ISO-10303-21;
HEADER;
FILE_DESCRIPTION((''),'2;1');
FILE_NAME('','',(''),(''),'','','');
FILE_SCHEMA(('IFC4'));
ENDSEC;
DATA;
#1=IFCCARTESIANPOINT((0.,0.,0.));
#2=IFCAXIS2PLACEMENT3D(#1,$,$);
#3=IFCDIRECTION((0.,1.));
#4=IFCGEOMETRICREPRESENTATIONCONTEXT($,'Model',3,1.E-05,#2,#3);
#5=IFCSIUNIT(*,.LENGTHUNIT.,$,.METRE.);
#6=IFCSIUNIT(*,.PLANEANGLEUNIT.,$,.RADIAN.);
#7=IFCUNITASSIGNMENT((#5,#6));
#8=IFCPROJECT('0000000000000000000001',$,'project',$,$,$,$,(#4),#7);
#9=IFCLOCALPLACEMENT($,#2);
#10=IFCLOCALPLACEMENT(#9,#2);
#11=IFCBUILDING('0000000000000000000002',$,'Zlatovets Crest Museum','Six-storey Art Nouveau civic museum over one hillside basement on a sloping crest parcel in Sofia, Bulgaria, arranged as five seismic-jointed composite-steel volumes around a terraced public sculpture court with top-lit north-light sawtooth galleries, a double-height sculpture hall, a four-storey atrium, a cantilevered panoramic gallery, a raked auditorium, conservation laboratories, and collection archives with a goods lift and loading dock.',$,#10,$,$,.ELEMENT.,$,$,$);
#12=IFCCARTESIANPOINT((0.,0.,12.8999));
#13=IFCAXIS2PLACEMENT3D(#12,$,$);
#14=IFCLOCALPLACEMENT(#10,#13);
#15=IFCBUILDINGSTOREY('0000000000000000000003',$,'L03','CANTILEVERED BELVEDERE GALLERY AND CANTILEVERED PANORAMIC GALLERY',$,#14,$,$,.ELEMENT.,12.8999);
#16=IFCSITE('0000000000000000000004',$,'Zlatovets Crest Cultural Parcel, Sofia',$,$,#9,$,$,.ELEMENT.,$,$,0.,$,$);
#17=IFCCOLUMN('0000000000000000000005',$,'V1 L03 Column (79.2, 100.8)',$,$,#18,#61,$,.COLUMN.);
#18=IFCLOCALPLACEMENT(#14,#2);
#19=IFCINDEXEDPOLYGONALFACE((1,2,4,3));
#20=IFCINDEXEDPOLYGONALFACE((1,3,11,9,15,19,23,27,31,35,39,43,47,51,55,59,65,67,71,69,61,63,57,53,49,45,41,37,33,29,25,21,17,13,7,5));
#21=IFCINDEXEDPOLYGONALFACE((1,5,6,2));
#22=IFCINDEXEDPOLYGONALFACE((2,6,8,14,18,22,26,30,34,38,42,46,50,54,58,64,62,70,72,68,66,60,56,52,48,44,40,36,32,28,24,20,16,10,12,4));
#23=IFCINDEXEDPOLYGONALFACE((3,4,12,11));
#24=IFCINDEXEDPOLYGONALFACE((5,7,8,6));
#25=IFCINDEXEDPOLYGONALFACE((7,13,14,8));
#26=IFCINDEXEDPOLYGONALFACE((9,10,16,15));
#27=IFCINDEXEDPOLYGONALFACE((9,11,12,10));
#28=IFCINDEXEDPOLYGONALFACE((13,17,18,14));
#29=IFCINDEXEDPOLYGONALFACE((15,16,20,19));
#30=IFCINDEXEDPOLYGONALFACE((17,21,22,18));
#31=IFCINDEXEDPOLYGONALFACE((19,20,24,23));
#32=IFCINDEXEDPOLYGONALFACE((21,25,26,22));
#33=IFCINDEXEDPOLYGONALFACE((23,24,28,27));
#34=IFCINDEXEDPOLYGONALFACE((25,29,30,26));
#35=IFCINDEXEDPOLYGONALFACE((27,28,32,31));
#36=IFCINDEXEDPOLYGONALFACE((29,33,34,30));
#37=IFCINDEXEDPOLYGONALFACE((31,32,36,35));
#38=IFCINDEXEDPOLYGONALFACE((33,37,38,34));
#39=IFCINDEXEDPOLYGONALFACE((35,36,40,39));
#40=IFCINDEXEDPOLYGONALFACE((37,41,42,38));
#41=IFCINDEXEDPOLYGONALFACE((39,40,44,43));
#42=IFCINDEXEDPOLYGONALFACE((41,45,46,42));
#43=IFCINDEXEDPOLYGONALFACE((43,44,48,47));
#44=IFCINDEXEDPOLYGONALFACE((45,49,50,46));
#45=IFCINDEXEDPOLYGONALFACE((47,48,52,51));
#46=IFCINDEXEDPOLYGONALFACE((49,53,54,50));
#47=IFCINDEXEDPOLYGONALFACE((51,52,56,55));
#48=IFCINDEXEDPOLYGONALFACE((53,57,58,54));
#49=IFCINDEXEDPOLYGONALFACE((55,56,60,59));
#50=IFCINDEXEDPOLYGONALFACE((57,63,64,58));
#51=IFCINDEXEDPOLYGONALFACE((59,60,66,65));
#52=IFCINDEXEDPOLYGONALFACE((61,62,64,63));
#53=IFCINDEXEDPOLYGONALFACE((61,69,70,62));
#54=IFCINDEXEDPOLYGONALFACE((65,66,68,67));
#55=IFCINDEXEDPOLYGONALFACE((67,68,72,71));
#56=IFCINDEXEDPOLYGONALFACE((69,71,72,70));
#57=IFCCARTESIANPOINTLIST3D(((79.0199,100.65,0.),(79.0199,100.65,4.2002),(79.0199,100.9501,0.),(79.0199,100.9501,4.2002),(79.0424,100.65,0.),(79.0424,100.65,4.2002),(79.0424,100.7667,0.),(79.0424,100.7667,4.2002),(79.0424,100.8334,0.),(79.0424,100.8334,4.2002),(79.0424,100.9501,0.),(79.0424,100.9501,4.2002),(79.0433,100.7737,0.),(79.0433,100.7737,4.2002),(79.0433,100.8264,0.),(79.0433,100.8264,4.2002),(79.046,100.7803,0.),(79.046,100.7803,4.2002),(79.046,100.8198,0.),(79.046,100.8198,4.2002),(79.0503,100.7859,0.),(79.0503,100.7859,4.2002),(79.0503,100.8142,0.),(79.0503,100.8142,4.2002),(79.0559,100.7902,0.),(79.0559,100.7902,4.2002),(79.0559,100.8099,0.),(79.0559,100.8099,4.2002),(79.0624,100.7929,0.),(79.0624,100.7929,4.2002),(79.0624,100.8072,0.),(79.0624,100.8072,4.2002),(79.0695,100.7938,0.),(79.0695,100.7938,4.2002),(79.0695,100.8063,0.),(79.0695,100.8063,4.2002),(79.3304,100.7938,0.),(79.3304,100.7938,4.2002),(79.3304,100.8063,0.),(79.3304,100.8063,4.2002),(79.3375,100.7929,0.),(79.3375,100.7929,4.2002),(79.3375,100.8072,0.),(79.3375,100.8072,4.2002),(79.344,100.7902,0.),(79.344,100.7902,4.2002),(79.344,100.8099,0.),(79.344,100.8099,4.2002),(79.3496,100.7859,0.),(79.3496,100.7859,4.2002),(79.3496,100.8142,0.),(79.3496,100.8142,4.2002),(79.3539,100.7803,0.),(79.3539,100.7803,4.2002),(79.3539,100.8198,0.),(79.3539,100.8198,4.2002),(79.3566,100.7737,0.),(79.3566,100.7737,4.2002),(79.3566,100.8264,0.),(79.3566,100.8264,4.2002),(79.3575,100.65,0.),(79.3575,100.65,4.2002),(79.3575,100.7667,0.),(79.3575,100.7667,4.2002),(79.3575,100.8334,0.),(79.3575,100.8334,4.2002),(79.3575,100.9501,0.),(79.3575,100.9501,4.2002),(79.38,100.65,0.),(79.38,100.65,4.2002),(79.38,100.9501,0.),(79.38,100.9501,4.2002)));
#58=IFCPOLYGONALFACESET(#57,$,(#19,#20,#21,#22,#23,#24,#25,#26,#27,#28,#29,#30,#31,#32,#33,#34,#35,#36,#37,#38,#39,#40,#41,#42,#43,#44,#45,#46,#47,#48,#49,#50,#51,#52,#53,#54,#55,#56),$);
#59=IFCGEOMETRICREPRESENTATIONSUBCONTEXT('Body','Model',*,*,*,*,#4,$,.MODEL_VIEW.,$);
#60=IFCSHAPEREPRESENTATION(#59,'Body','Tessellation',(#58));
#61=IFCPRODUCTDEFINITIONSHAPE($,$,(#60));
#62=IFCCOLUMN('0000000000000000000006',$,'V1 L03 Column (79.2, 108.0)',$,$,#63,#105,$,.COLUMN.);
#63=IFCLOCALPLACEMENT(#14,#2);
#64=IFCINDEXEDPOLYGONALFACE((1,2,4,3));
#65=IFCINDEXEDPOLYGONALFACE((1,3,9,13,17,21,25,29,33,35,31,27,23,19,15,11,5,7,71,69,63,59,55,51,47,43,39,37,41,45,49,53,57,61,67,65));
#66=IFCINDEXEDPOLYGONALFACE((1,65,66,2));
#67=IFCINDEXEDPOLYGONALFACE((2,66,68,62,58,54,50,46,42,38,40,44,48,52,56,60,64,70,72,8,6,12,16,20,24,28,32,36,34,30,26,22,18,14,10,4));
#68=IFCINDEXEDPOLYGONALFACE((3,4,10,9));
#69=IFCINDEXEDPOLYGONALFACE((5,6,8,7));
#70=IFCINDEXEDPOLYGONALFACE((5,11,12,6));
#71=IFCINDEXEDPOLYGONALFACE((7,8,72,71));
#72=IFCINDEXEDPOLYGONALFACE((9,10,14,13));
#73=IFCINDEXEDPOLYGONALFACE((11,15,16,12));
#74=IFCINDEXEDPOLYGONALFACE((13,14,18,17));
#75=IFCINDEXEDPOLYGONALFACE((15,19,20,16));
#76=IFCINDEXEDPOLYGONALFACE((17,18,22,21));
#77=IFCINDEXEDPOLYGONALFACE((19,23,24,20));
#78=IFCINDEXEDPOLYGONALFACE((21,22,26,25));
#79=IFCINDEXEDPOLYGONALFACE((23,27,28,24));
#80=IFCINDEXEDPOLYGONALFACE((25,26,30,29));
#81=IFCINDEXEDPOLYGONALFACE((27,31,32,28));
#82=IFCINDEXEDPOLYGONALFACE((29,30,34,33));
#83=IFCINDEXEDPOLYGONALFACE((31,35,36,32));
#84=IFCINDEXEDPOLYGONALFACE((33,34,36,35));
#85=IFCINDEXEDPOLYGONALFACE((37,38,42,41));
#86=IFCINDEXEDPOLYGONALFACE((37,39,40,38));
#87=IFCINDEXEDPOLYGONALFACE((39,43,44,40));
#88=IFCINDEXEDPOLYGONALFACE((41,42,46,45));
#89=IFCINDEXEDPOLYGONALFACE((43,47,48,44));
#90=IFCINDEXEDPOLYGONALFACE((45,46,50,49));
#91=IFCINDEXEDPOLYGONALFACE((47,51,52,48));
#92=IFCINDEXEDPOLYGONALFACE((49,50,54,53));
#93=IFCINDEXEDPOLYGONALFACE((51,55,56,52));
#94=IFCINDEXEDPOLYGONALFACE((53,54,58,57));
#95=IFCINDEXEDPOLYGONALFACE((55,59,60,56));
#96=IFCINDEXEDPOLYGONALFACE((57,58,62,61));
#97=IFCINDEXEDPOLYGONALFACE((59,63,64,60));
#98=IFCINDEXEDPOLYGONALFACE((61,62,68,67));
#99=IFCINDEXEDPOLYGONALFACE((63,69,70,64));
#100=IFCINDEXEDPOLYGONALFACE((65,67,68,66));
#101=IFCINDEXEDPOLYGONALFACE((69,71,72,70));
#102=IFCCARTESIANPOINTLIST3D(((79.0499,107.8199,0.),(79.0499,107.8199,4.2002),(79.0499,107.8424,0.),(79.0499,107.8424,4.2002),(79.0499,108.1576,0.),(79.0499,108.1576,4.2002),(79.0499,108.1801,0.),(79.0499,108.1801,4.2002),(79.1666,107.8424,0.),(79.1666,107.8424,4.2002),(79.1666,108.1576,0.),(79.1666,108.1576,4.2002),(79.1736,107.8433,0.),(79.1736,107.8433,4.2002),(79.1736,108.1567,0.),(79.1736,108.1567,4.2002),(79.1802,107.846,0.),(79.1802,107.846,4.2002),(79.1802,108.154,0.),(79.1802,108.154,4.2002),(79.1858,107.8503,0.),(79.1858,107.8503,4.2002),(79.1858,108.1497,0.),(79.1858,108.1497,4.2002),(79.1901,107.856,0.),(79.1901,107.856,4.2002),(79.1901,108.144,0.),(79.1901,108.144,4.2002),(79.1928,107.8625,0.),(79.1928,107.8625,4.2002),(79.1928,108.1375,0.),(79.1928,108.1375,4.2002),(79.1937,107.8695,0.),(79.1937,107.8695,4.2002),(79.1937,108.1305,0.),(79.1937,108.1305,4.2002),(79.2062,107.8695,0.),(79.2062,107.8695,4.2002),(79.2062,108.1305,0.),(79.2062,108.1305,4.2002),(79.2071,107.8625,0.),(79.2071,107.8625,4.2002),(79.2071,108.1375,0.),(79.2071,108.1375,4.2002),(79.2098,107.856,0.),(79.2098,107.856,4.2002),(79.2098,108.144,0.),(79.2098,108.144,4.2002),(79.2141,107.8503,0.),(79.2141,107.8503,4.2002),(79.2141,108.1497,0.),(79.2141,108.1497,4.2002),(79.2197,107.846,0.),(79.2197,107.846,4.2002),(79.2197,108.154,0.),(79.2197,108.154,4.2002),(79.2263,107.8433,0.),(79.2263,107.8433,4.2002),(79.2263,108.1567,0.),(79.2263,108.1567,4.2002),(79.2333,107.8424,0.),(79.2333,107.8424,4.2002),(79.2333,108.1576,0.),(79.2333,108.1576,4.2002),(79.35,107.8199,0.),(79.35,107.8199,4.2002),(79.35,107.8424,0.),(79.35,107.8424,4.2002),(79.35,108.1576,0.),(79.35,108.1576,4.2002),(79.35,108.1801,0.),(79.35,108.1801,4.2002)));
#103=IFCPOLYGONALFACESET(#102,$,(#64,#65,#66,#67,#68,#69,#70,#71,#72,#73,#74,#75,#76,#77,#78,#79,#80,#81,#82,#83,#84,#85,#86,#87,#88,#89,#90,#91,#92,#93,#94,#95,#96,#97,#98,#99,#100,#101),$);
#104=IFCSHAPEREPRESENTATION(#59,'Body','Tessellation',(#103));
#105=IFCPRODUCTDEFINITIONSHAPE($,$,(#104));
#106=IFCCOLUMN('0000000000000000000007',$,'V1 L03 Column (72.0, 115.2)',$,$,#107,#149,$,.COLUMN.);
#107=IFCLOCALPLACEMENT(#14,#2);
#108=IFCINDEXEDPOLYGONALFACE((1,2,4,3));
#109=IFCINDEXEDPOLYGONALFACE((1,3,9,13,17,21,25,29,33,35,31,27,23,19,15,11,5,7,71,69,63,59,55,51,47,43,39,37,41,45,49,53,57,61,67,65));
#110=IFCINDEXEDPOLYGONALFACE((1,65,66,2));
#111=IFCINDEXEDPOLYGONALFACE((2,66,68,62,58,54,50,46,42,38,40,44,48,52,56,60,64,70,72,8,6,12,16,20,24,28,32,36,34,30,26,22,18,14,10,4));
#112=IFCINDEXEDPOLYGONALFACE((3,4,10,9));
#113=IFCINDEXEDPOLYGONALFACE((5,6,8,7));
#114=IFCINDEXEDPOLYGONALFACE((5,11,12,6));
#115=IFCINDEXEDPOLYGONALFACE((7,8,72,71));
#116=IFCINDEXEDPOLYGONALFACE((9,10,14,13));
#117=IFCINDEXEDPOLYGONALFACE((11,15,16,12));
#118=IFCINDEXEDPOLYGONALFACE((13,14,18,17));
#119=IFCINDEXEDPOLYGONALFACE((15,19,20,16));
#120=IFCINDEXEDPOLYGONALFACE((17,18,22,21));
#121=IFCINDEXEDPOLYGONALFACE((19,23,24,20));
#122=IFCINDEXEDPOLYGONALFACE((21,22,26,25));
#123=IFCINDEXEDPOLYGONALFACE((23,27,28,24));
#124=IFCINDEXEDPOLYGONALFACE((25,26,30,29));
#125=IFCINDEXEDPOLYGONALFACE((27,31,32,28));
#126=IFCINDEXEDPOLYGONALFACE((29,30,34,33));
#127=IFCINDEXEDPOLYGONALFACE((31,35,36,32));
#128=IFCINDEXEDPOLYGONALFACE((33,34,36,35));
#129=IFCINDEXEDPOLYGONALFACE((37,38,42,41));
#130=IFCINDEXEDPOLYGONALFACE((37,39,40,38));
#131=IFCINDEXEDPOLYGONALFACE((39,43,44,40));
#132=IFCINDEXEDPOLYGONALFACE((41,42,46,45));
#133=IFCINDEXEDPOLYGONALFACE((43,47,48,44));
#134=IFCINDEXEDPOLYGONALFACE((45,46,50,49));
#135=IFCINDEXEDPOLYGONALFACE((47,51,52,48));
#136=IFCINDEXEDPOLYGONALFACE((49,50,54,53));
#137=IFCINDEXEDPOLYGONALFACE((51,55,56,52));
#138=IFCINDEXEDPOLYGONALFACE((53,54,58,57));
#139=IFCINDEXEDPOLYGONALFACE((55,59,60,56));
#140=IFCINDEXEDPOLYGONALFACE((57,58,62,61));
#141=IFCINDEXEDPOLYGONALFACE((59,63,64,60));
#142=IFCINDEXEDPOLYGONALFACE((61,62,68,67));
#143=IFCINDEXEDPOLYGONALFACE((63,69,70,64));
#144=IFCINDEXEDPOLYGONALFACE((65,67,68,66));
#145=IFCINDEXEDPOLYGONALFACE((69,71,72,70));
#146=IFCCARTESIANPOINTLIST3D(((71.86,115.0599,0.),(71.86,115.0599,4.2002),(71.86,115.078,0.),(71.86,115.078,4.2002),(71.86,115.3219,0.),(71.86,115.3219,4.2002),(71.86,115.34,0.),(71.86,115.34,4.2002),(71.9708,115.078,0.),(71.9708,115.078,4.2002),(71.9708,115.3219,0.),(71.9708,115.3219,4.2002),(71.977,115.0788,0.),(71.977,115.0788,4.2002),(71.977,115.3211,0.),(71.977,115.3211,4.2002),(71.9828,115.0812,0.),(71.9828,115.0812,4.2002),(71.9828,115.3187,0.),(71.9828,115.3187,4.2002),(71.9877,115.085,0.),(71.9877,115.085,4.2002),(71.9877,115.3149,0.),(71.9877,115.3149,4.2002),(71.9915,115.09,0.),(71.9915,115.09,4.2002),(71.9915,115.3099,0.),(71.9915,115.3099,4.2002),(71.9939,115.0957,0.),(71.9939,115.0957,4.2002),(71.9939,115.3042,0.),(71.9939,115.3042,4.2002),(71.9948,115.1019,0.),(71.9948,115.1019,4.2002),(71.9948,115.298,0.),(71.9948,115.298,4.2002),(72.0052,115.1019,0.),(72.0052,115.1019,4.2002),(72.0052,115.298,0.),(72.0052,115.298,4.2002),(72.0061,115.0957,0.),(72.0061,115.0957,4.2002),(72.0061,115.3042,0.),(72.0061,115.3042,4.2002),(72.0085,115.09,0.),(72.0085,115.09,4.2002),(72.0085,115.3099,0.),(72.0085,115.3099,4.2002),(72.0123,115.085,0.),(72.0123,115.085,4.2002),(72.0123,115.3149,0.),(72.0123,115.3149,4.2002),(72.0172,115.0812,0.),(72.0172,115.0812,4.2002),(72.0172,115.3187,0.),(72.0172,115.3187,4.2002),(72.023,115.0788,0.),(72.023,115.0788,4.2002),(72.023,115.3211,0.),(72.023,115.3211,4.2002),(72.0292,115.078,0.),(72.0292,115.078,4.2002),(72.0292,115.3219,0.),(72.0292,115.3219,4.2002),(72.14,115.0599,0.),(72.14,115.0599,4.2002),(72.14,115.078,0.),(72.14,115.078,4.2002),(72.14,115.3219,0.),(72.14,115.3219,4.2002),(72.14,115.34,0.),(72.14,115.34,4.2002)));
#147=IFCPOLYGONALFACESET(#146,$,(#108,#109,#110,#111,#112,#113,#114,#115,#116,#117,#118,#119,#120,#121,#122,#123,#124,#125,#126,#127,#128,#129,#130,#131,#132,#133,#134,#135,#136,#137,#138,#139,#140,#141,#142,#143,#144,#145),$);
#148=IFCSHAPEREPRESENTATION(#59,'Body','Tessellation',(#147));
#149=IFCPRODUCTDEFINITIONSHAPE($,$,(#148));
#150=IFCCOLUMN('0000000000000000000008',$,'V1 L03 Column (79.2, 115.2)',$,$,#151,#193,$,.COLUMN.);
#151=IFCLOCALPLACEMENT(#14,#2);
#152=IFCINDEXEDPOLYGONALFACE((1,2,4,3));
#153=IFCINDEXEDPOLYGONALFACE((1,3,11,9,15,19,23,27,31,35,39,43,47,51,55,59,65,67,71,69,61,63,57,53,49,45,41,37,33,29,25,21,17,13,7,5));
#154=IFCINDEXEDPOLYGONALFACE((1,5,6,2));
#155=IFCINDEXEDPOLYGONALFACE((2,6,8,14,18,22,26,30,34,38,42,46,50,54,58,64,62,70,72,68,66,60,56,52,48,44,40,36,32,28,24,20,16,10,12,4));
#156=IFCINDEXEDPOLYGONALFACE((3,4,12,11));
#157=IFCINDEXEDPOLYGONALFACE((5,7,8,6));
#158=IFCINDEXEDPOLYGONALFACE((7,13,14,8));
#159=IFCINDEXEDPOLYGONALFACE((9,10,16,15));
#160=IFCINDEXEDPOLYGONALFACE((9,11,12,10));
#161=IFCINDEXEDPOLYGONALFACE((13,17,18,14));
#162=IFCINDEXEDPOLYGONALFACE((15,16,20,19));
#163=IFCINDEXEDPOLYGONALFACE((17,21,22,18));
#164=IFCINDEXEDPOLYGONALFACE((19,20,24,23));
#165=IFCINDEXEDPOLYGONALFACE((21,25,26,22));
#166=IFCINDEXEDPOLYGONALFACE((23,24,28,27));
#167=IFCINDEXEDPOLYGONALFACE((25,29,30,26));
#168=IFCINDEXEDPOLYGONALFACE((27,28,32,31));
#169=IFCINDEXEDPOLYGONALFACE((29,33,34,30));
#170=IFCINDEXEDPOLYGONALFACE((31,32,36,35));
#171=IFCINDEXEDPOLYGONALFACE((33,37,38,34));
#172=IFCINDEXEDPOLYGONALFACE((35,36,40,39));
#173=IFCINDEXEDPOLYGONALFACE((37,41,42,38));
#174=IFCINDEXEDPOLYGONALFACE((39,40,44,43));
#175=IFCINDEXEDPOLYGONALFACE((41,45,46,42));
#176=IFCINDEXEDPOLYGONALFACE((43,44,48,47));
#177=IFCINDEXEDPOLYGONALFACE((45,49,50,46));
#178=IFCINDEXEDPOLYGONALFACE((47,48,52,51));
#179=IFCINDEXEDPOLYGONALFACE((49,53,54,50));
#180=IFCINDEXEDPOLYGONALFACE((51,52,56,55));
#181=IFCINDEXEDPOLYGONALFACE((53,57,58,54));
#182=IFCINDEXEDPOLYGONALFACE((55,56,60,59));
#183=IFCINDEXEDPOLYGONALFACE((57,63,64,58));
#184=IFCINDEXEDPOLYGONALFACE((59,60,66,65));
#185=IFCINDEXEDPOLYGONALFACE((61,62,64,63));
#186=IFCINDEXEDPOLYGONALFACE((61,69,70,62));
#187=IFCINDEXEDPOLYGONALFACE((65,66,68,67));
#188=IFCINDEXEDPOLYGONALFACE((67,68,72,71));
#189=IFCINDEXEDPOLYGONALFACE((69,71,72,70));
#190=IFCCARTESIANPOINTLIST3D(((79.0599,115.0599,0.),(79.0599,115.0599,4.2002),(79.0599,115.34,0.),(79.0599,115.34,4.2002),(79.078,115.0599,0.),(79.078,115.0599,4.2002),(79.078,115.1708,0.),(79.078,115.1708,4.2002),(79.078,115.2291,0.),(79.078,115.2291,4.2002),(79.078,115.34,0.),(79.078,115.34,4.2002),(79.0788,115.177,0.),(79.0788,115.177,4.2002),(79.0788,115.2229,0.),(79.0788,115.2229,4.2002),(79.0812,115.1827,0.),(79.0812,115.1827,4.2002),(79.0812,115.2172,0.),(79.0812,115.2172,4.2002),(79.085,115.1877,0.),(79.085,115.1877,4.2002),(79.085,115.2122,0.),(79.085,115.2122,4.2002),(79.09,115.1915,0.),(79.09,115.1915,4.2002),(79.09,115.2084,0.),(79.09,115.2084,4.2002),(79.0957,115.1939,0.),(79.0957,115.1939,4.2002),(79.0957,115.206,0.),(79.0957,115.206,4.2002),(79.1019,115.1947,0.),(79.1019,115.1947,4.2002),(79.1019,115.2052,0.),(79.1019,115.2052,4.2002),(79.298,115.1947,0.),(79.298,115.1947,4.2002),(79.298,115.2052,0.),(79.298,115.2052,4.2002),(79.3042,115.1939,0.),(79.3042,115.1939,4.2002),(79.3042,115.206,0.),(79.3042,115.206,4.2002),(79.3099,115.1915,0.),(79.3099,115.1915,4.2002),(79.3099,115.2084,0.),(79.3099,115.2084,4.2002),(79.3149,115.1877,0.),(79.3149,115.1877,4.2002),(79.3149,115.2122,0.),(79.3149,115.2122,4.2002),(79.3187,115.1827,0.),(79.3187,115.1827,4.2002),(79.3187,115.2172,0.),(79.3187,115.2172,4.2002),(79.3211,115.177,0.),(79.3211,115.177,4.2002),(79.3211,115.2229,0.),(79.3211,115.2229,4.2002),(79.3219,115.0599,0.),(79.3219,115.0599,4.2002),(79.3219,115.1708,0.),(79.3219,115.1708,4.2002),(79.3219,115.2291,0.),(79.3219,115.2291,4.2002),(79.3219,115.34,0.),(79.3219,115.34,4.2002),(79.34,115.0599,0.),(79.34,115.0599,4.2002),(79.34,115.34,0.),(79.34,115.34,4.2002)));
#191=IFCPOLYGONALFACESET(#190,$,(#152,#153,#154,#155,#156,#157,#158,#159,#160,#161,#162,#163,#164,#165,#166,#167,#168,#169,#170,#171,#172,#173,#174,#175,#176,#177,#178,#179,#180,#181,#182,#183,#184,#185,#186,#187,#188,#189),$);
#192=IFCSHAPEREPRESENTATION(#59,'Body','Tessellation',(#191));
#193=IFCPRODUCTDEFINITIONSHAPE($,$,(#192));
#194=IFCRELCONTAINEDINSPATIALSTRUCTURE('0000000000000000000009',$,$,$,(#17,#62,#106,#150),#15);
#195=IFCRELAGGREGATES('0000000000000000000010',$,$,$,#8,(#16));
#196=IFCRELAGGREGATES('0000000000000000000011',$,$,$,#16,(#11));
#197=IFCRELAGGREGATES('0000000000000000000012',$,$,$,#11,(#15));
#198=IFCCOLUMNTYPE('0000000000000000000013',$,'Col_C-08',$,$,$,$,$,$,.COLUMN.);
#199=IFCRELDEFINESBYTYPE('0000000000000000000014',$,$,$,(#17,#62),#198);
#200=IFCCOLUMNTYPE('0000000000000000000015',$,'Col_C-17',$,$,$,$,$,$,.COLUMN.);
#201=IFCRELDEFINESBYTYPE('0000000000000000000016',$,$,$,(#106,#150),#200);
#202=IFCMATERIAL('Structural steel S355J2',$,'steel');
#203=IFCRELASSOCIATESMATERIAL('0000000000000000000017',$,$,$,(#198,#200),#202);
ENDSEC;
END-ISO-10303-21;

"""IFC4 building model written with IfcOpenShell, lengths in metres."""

from ifc_helpers import new_model, si_unit, direction, frame, origin, origin_2d, place, context, subcontext, project, spatial, i_section, extrude, material, material_profile, profile_set, type_object, element, save


model = new_model("IFC4")

# Units and contexts
model_context = context("Model", 3, precision=1e-05, world=origin(), true_north=direction((0.0, 1.0)))
body_context = subcontext(model_context, "Body", "Model", "MODEL_VIEW")
ifc_project = project(units=[si_unit("LENGTHUNIT", "METRE"), si_unit("PLANEANGLEUNIT", "RADIAN")], contexts=[model_context])

# Site, building, storey
site_placement = place(None, origin())
site = spatial("IfcSite", under=ifc_project, at=site_placement, Name="Zlatovets Crest Cultural Parcel, Sofia", CompositionType="ELEMENT", RefElevation=0.0)
building_placement = place(site_placement, origin())
building = spatial("IfcBuilding", under=site, at=building_placement, Name="Zlatovets Crest Museum", Description="Six-storey Art Nouveau civic museum over one hillside basement on a sloping crest parcel in Sofia, Bulgaria, arranged as five seismic-jointed composite-steel volumes around a terraced public sculpture court with top-lit north-light sawtooth galleries, a double-height sculpture hall, a four-storey atrium, a cantilevered panoramic gallery, a raked auditorium, conservation laboratories, and collection archives with a goods lift and loading dock.", CompositionType="ELEMENT")
storey_placement = place(building_placement, frame((0.0, 0.0, 12.8999)))
storey = spatial("IfcBuildingStorey", under=building, at=storey_placement, Name="L03", Description="CANTILEVERED BELVEDERE GALLERY AND CANTILEVERED PANORAMIC GALLERY", CompositionType="ELEMENT", Elevation=12.8999)

# Columns
ifc_material_1 = material(Name="Structural steel S355J2", Category="steel")
ifc_material_profile_1 = material_profile(ifc_material_1, i_section(OverallWidth=0.3, OverallDepth=0.3601, WebThickness=0.0125, FlangeThickness=0.0225, FilletRadius=0.0271, at=origin_2d()), Name="HEB 360")
ifc_profile_set_1 = profile_set([ifc_material_profile_1], Name="Structural steel S355J2")
column_type_1 = type_object("IfcColumnType", Name="Col_C-08", PredefinedType="COLUMN", material=ifc_profile_set_1)
for number, where, z_axis, x_axis, name in (
    (1, (79.2, 100.8, 0.0), (0.0, 0.0, 1.0), (0.0, 1.0, 0.0), "V1 L03 Column (79.2, 100.8)"),
    (2, (79.2, 108.0, 0.0), (0.0, 0.0, 1.0), (1.0, 0.0, 0.0), "V1 L03 Column (79.2, 108.0)"),
):
    element("IfcColumn", number, at=place(storey_placement, frame(where, z_axis=z_axis, x_axis=x_axis)), inside=storey, type_object=column_type_1, Name=name, PredefinedType="COLUMN", context=body_context, shape_type="SweptSolid", body=[
        extrude(i_section(OverallWidth=0.3, OverallDepth=0.3601, WebThickness=0.0125, FlangeThickness=0.0225, FilletRadius=0.0271, at=origin_2d()), origin(), (0.0, 0.0, 1.0), 4.2002),
    ])
ifc_material_profile_2 = material_profile(ifc_material_1, i_section(OverallWidth=0.28, OverallDepth=0.28, WebThickness=0.0105, FlangeThickness=0.0181, FilletRadius=0.0239, at=origin_2d()), Name="HEB 280")
ifc_profile_set_2 = profile_set([ifc_material_profile_2], Name="Structural steel S355J2")
column_type_2 = type_object("IfcColumnType", Name="Col_C-17", PredefinedType="COLUMN", material=ifc_profile_set_2)
for number, where, z_axis, x_axis, name in (
    (3, (72.0, 115.2, 0.0), (0.0, 0.0, 1.0), (1.0, 0.0, 0.0), "V1 L03 Column (72.0, 115.2)"),
    (4, (79.2, 115.2, 0.0), (0.0, 0.0, 1.0), (0.0, 1.0, 0.0), "V1 L03 Column (79.2, 115.2)"),
):
    element("IfcColumn", number, at=place(storey_placement, frame(where, z_axis=z_axis, x_axis=x_axis)), inside=storey, type_object=column_type_2, Name=name, PredefinedType="COLUMN", context=body_context, shape_type="SweptSolid", body=[
        extrude(i_section(OverallWidth=0.28, OverallDepth=0.28, WebThickness=0.0105, FlangeThickness=0.0181, FilletRadius=0.0239, at=origin_2d()), origin(), (0.0, 0.0, 1.0), 4.2002),
    ])

save(model, "model.ifc")
